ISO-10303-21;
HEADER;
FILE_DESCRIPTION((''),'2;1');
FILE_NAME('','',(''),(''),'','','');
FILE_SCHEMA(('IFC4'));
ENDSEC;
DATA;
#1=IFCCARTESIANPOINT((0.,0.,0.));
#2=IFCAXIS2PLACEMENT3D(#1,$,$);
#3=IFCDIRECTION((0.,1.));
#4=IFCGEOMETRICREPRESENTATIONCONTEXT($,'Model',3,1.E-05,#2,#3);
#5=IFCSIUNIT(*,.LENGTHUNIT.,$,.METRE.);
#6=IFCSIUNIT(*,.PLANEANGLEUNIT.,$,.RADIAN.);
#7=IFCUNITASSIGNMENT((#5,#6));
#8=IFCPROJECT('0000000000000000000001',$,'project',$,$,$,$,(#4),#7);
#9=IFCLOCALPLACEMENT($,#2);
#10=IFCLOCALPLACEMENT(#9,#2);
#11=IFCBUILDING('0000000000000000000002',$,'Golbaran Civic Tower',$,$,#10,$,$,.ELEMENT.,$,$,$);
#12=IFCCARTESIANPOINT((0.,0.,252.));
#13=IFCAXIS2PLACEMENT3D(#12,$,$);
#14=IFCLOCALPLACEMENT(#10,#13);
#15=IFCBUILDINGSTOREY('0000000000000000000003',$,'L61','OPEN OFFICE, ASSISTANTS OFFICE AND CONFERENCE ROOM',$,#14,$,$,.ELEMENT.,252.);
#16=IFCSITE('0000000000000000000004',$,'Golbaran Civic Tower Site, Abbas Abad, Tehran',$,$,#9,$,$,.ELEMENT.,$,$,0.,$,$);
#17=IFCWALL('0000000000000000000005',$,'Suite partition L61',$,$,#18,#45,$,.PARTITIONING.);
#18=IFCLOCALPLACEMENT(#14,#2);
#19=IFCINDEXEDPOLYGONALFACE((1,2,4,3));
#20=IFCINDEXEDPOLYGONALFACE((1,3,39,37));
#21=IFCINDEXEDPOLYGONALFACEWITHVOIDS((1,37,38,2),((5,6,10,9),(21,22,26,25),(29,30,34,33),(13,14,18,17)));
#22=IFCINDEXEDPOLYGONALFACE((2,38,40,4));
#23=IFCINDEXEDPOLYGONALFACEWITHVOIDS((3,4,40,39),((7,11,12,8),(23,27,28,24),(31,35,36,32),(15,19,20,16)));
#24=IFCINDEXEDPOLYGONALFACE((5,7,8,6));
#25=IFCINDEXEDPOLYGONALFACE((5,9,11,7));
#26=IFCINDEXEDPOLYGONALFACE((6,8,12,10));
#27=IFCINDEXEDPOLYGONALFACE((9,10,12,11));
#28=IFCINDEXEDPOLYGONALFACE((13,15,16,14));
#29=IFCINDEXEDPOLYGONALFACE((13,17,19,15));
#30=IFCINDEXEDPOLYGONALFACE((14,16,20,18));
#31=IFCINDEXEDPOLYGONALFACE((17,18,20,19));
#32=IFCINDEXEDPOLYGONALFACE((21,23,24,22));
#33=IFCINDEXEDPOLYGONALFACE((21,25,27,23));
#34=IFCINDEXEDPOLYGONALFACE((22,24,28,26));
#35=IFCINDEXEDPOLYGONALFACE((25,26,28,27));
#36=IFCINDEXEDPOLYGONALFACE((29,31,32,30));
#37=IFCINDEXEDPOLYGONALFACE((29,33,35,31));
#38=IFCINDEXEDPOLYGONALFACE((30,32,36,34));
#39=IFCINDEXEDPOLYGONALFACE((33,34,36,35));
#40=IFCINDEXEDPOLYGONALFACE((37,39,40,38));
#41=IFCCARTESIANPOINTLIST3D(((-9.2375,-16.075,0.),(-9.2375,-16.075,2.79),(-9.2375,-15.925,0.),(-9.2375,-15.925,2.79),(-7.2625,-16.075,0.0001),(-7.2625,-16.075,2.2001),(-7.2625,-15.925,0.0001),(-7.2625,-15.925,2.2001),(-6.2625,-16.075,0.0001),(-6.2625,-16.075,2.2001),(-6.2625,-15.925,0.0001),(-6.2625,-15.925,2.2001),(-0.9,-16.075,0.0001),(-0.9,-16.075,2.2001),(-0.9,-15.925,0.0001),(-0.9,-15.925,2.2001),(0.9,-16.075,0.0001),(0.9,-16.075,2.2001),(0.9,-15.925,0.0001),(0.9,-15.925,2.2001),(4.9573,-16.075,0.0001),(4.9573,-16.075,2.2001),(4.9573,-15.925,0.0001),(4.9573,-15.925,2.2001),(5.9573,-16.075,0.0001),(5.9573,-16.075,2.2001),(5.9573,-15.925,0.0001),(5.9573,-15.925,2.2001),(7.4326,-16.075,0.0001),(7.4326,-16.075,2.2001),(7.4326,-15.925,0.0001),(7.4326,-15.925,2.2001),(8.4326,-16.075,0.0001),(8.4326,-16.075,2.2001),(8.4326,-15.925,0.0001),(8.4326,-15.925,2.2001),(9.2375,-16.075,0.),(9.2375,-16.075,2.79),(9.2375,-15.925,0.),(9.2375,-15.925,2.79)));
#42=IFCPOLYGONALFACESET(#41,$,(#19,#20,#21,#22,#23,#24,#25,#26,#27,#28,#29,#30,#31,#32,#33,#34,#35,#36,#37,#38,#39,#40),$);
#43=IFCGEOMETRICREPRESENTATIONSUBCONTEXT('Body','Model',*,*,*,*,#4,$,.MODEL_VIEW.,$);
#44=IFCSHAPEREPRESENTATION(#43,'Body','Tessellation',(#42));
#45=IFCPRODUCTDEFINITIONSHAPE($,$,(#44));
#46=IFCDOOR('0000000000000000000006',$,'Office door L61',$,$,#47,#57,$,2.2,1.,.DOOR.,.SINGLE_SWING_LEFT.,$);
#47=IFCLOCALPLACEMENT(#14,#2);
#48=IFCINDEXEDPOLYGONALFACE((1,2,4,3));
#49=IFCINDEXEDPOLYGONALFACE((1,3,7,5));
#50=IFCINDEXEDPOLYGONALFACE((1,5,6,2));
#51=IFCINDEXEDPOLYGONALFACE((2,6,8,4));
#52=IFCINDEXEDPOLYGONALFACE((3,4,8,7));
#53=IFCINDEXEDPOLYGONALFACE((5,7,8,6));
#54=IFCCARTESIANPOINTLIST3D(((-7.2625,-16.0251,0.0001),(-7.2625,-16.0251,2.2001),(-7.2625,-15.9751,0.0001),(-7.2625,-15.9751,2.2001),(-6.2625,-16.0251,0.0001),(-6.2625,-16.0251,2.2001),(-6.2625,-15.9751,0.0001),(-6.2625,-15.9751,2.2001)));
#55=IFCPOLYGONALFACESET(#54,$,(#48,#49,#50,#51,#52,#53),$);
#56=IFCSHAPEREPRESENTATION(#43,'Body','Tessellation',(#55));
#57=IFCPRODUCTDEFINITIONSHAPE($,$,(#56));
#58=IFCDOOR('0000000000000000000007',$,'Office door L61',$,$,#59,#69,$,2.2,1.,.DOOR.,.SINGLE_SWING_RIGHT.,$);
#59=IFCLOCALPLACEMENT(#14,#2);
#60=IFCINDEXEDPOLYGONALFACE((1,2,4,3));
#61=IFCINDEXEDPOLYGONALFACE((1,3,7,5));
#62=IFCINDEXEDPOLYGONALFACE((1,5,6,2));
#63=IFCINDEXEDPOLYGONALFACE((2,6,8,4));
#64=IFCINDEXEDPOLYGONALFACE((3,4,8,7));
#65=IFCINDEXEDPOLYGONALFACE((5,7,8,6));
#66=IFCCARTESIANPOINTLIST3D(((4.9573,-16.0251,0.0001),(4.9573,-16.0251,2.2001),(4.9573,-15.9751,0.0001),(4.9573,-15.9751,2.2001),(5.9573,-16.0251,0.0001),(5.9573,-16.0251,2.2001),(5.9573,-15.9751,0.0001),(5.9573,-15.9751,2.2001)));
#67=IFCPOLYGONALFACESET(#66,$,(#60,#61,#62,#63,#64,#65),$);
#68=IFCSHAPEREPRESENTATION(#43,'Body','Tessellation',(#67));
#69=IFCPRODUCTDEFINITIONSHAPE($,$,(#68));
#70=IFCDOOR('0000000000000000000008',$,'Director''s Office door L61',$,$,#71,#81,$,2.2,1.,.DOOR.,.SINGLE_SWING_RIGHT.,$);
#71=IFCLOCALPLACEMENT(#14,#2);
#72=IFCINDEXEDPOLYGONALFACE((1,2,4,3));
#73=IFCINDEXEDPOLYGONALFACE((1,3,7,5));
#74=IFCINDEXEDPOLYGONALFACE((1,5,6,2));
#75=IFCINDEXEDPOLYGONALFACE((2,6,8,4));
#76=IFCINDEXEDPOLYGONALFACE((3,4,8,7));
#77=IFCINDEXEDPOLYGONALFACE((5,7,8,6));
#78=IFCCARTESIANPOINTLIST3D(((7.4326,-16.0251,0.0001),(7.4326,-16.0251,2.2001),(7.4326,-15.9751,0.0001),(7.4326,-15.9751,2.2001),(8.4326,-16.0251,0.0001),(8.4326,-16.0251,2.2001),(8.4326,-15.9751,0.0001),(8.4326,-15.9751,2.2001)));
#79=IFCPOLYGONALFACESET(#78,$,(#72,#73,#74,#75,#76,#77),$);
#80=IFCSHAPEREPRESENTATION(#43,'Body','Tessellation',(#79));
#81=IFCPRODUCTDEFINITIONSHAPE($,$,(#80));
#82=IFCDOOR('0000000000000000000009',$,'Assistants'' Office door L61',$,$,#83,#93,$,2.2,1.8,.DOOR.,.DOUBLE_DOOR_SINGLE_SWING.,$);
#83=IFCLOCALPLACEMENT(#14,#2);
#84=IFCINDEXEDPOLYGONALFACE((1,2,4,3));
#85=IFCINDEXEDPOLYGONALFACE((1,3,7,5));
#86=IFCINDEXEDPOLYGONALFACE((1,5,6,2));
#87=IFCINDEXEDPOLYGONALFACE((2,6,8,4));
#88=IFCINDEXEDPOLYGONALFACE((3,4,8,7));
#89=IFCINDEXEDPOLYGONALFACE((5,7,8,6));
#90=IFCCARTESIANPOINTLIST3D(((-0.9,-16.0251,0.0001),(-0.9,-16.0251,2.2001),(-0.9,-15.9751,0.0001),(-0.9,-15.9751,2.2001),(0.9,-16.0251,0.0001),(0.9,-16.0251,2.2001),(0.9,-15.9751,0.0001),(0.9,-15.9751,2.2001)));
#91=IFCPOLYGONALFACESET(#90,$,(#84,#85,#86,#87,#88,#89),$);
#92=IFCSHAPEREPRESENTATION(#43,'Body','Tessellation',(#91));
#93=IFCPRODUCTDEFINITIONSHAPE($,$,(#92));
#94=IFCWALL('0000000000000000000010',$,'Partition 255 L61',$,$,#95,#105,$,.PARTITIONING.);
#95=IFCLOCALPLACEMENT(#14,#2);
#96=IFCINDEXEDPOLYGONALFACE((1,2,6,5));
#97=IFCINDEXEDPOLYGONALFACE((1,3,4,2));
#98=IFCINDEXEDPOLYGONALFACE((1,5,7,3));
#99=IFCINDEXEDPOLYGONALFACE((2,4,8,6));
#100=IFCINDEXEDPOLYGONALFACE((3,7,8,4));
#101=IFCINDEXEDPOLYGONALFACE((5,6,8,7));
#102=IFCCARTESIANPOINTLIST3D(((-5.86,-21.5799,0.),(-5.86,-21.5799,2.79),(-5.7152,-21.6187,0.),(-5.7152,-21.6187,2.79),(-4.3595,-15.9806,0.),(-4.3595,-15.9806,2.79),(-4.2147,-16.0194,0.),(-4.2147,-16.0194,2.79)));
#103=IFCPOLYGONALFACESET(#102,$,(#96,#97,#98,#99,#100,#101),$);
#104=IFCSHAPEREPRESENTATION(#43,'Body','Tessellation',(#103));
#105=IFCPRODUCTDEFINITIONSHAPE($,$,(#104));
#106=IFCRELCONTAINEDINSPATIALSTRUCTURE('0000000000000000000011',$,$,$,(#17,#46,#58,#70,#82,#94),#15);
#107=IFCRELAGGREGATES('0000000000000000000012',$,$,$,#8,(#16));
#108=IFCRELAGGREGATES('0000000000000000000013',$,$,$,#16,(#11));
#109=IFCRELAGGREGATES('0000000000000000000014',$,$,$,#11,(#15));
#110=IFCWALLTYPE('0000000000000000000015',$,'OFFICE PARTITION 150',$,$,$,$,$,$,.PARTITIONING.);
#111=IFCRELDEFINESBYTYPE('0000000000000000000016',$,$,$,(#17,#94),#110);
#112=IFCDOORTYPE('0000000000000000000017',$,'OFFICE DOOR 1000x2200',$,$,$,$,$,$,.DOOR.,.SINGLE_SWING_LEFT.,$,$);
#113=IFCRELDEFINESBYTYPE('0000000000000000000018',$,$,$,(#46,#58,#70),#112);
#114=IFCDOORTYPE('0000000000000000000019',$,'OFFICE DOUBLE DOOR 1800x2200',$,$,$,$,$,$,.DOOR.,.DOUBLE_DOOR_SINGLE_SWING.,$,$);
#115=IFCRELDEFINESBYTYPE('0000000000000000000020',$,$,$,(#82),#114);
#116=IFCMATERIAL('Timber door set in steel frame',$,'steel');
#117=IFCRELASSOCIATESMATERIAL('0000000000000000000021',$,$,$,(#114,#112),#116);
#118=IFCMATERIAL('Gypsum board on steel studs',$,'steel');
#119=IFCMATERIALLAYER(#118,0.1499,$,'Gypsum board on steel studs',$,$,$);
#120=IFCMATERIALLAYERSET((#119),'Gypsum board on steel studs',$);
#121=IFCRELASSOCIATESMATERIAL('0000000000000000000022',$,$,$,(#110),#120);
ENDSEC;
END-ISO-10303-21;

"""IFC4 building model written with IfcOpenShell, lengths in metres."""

from ifc_helpers import new_model, si_unit, direction, frame, frame_2d, origin, place, context, subcontext, project, spatial, rectangle, extrude, material, layer, layer_set, type_object, element, fill, save


model = new_model("IFC4")

# Units and contexts
model_context = context("Model", 3, precision=1e-05, world=origin(), true_north=direction((0.0, 1.0)))
body_context = subcontext(model_context, "Body", "Model", "MODEL_VIEW")
ifc_project = project(units=[si_unit("LENGTHUNIT", "METRE"), si_unit("PLANEANGLEUNIT", "RADIAN")], contexts=[model_context])

# Site, building, storey
site_placement = place(None, origin())
site = spatial("IfcSite", under=ifc_project, at=site_placement, Name="Golbaran Civic Tower Site, Abbas Abad, Tehran", CompositionType="ELEMENT", RefElevation=0.0)
building_placement = place(site_placement, origin())
building = spatial("IfcBuilding", under=site, at=building_placement, Name="Golbaran Civic Tower", CompositionType="ELEMENT")
storey_placement = place(building_placement, frame((0.0, 0.0, 252.0)))
storey = spatial("IfcBuildingStorey", under=building, at=storey_placement, Name="L61", Description="OPEN OFFICE, ASSISTANTS OFFICE AND CONFERENCE ROOM", CompositionType="ELEMENT", Elevation=252.0)

# Shared definitions
ifc_material_1 = material(Name="Timber door set in steel frame", Category="steel")
door_type_1 = type_object("IfcDoorType", Name="OFFICE DOUBLE DOOR 1800x2200", OperationType="DOUBLE_DOOR_SINGLE_SWING", PredefinedType="DOOR", material=ifc_material_1)

# Shared definitions
ifc_material_2 = material(Name="Gypsum board on steel studs", Category="steel")
ifc_layer_1 = layer(ifc_material_2, 0.1499, Name="Gypsum board on steel studs")
ifc_layer_set_1 = layer_set([ifc_layer_1], Name="Gypsum board on steel studs")
wall_type_1 = type_object("IfcWallType", Name="OFFICE PARTITION 150", PredefinedType="PARTITIONING", material=ifc_layer_set_1)

# Wall, openings, doors
wall_1_placement = place(storey_placement, frame((-9.2375, -16.0, 0.0), z_axis=(0.0, 0.0, 1.0), x_axis=(1.0, 0.0, 0.0)))
wall_1 = element("IfcWall", 1, at=wall_1_placement, inside=storey, type_object=wall_type_1, Name="Suite partition L61", PredefinedType="PARTITIONING", context=body_context, shape_type="SweptSolid", body=[
    extrude(rectangle(XDim=18.4751, YDim=0.1499, at=frame_2d((9.2375, 0.0))), origin(), (0.0, 0.0, 1.0), 2.79),
])
opening_1_placement = place(wall_1_placement, frame((1.9751, 0.0, 0.0)))
opening_1 = element("IfcOpeningElement", 2, at=opening_1_placement, cuts=wall_1, PredefinedType="OPENING", context=body_context, shape_type="SweptSolid", body=[
    extrude(rectangle(XDim=1.0, YDim=2.2, at=frame_2d((0.5, 1.1001))), frame((0.0, 0.085, 0.0), z_axis=(0.0, -1.0, 0.0), x_axis=(1.0, 0.0, 0.0)), (0.0, 0.0, 1.0), 0.1699),
])
opening_2_placement = place(wall_1_placement, frame((8.3376, 0.0, 0.0)))
opening_2 = element("IfcOpeningElement", 3, at=opening_2_placement, cuts=wall_1, PredefinedType="OPENING", context=body_context, shape_type="SweptSolid", body=[
    extrude(rectangle(XDim=1.8, YDim=2.2, at=frame_2d((0.8999, 1.1001))), frame((0.0, 0.085, 0.0), z_axis=(0.0, -1.0, 0.0), x_axis=(1.0, 0.0, 0.0)), (0.0, 0.0, 1.0), 0.1699),
])
opening_3_placement = place(wall_1_placement, frame((14.1948, 0.0, 0.0)))
opening_3 = element("IfcOpeningElement", 4, at=opening_3_placement, cuts=wall_1, PredefinedType="OPENING", context=body_context, shape_type="SweptSolid", body=[
    extrude(rectangle(XDim=1.0, YDim=2.2, at=frame_2d((0.5, 1.1001))), frame((0.0, 0.085, 0.0), z_axis=(0.0, -1.0, 0.0), x_axis=(1.0, 0.0, 0.0)), (0.0, 0.0, 1.0), 0.1699),
])
opening_4_placement = place(wall_1_placement, frame((16.6702, 0.0, 0.0)))
opening_4 = element("IfcOpeningElement", 5, at=opening_4_placement, cuts=wall_1, PredefinedType="OPENING", context=body_context, shape_type="SweptSolid", body=[
    extrude(rectangle(XDim=1.0, YDim=2.2, at=frame_2d((0.5, 1.1001))), frame((0.0, 0.085, 0.0), z_axis=(0.0, -1.0, 0.0), x_axis=(1.0, 0.0, 0.0)), (0.0, 0.0, 1.0), 0.1699),
])
door_type_2 = type_object("IfcDoorType", Name="OFFICE DOOR 1000x2200", OperationType="SINGLE_SWING_LEFT", PredefinedType="DOOR", material=ifc_material_1)
door_1_placement = place(opening_1_placement, origin())
door_1 = element("IfcDoor", 6, at=door_1_placement, inside=storey, type_object=door_type_2, Name="Office door L61", OperationType="SINGLE_SWING_LEFT", OverallHeight=2.2, OverallWidth=1.0, PredefinedType="DOOR", context=body_context, shape_type="SweptSolid", body=[
    extrude(rectangle(XDim=1.0, YDim=2.2, at=frame_2d((0.5, 1.1001))), frame((0.0, 0.0249, 0.0), z_axis=(0.0, -1.0, 0.0), x_axis=(1.0, 0.0, 0.0)), (0.0, 0.0, 1.0), 0.05),
])
fill(opening_1, door_1)
door_2_placement = place(opening_3_placement, origin())
door_2 = element("IfcDoor", 7, at=door_2_placement, inside=storey, type_object=door_type_2, Name="Office door L61", OperationType="SINGLE_SWING_RIGHT", OverallHeight=2.2, OverallWidth=1.0, PredefinedType="DOOR", context=body_context, shape_type="SweptSolid", body=[
    extrude(rectangle(XDim=1.0, YDim=2.2, at=frame_2d((0.5, 1.1001))), frame((0.0, 0.0249, 0.0), z_axis=(0.0, -1.0, 0.0), x_axis=(1.0, 0.0, 0.0)), (0.0, 0.0, 1.0), 0.05),
])
fill(opening_3, door_2)
door_3_placement = place(opening_4_placement, origin())
door_3 = element("IfcDoor", 8, at=door_3_placement, inside=storey, type_object=door_type_2, Name="Director's Office door L61", OperationType="SINGLE_SWING_RIGHT", OverallHeight=2.2, OverallWidth=1.0, PredefinedType="DOOR", context=body_context, shape_type="SweptSolid", body=[
    extrude(rectangle(XDim=1.0, YDim=2.2, at=frame_2d((0.5, 1.1001))), frame((0.0, 0.0249, 0.0), z_axis=(0.0, -1.0, 0.0), x_axis=(1.0, 0.0, 0.0)), (0.0, 0.0, 1.0), 0.05),
])
fill(opening_4, door_3)
door_4_placement = place(opening_2_placement, origin())
door_4 = element("IfcDoor", 9, at=door_4_placement, inside=storey, type_object=door_type_1, Name="Assistants' Office door L61", OperationType="DOUBLE_DOOR_SINGLE_SWING", OverallHeight=2.2, OverallWidth=1.8, PredefinedType="DOOR", context=body_context, shape_type="SweptSolid", body=[
    extrude(rectangle(XDim=1.8, YDim=2.2, at=frame_2d((0.8999, 1.1001))), frame((0.0, 0.0249, 0.0), z_axis=(0.0, -1.0, 0.0), x_axis=(1.0, 0.0, 0.0)), (0.0, 0.0, 1.0), 0.05),
])
fill(opening_2, door_4)

# Wall
wall_2_placement = place(storey_placement, frame((-4.2871, -16.0, 0.0), z_axis=(0.0, 0.0, 1.0), x_axis=(-0.258842, -0.96592, 0.0)))
element("IfcWall", 10, at=wall_2_placement, inside=storey, type_object=wall_type_1, Name="Partition 255 L61", PredefinedType="PARTITIONING", context=body_context, shape_type="SweptSolid", body=[
    extrude(rectangle(XDim=5.7969, YDim=0.1499, at=frame_2d((2.8984, 0.0))), origin(), (0.0, 0.0, 1.0), 2.79),
])

save(model, "model.ifc")
